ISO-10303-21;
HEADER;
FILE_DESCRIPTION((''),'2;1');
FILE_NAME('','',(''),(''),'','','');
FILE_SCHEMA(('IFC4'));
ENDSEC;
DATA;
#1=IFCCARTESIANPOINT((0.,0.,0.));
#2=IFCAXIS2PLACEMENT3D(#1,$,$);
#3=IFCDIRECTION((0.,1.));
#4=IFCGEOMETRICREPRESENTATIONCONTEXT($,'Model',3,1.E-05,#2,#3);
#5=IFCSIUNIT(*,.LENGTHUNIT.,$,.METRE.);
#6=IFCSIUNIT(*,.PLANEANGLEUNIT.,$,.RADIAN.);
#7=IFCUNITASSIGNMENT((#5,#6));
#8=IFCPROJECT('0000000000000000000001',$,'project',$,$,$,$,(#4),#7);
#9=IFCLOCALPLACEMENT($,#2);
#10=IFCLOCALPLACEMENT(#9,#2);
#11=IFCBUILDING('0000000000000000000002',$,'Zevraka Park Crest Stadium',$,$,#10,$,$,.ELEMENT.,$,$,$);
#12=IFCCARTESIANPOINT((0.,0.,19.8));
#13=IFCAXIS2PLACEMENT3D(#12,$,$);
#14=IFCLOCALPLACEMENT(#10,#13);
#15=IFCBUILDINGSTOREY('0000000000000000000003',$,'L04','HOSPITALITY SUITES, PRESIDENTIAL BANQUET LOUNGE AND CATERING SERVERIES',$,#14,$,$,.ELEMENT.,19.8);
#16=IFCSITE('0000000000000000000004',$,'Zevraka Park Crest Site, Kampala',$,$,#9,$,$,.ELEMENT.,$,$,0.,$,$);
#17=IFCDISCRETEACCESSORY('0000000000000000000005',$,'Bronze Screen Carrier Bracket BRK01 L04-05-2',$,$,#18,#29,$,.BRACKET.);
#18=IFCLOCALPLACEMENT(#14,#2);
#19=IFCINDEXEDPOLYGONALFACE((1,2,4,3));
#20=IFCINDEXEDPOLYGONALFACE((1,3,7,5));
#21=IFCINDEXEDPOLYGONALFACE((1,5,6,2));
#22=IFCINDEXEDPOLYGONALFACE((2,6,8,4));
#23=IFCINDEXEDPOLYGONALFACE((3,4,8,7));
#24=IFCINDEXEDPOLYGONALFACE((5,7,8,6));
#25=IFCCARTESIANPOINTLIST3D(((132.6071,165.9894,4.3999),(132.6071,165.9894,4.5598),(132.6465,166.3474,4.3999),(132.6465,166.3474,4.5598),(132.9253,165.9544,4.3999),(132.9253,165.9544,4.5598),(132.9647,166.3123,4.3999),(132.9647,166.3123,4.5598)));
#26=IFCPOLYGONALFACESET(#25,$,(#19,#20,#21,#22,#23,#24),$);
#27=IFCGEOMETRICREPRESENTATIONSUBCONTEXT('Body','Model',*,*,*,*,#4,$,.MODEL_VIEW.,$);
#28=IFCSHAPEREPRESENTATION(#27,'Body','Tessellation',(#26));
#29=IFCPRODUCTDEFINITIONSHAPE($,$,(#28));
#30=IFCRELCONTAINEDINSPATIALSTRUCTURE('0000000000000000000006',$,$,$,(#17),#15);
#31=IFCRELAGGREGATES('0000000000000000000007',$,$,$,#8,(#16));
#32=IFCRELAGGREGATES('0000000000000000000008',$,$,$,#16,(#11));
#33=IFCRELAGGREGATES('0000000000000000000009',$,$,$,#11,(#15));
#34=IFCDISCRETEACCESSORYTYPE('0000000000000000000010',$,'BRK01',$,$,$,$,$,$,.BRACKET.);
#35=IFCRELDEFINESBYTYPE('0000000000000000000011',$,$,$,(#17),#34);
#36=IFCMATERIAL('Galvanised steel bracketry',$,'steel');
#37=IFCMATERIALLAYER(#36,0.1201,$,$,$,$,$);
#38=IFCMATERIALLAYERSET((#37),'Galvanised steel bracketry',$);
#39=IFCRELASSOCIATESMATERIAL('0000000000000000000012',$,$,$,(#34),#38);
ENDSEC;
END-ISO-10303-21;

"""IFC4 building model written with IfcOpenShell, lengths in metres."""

from ifc_helpers import new_model, si_unit, direction, frame, origin, origin_2d, place, context, subcontext, project, spatial, rectangle, extrude, material, layer, layer_set, type_object, element, save


model = new_model("IFC4")

# Units and contexts
model_context = context("Model", 3, precision=1e-05, world=origin(), true_north=direction((0.0, 1.0)))
body_context = subcontext(model_context, "Body", "Model", "MODEL_VIEW")
ifc_project = project(units=[si_unit("LENGTHUNIT", "METRE"), si_unit("PLANEANGLEUNIT", "RADIAN")], contexts=[model_context])

# Site, building, storey
site_placement = place(None, origin())
site = spatial("IfcSite", under=ifc_project, at=site_placement, Name="Zevraka Park Crest Site, Kampala", CompositionType="ELEMENT", RefElevation=0.0)
building_placement = place(site_placement, origin())
building = spatial("IfcBuilding", under=site, at=building_placement, Name="Zevraka Park Crest Stadium", CompositionType="ELEMENT")
storey_placement = place(building_placement, frame((0.0, 0.0, 19.8)))
storey = spatial("IfcBuildingStorey", under=building, at=storey_placement, Name="L04", Description="HOSPITALITY SUITES, PRESIDENTIAL BANQUET LOUNGE AND CATERING SERVERIES", CompositionType="ELEMENT", Elevation=19.8)

# Discrete accessory
ifc_material_1 = material(Name="Galvanised steel bracketry", Category="steel")
ifc_layer_1 = layer(ifc_material_1, 0.1201)
ifc_layer_set_1 = layer_set([ifc_layer_1], Name="Galvanised steel bracketry")
discrete_accessory_type = type_object("IfcDiscreteAccessoryType", Name="BRK01", PredefinedType="BRACKET", material=ifc_layer_set_1)
for number, where, z_axis, x_axis, name in (
    (1, (132.7859, 166.1509, 4.3999), (0.0, 0.0, 1.0), (-0.993999, 0.109387, 0.0), "Bronze Screen Carrier Bracket BRK01 L04-05-2"),
):
    element("IfcDiscreteAccessory", number, at=place(storey_placement, frame(where, z_axis=z_axis, x_axis=x_axis)), inside=storey, type_object=discrete_accessory_type, Name=name, PredefinedType="BRACKET", context=body_context, shape_type="SweptSolid", body=[
        extrude(rectangle(XDim=0.3201, YDim=0.3601, at=origin_2d()), origin(), (0.0, 0.0, 1.0), 0.1599),
    ])

save(model, "model.ifc")
